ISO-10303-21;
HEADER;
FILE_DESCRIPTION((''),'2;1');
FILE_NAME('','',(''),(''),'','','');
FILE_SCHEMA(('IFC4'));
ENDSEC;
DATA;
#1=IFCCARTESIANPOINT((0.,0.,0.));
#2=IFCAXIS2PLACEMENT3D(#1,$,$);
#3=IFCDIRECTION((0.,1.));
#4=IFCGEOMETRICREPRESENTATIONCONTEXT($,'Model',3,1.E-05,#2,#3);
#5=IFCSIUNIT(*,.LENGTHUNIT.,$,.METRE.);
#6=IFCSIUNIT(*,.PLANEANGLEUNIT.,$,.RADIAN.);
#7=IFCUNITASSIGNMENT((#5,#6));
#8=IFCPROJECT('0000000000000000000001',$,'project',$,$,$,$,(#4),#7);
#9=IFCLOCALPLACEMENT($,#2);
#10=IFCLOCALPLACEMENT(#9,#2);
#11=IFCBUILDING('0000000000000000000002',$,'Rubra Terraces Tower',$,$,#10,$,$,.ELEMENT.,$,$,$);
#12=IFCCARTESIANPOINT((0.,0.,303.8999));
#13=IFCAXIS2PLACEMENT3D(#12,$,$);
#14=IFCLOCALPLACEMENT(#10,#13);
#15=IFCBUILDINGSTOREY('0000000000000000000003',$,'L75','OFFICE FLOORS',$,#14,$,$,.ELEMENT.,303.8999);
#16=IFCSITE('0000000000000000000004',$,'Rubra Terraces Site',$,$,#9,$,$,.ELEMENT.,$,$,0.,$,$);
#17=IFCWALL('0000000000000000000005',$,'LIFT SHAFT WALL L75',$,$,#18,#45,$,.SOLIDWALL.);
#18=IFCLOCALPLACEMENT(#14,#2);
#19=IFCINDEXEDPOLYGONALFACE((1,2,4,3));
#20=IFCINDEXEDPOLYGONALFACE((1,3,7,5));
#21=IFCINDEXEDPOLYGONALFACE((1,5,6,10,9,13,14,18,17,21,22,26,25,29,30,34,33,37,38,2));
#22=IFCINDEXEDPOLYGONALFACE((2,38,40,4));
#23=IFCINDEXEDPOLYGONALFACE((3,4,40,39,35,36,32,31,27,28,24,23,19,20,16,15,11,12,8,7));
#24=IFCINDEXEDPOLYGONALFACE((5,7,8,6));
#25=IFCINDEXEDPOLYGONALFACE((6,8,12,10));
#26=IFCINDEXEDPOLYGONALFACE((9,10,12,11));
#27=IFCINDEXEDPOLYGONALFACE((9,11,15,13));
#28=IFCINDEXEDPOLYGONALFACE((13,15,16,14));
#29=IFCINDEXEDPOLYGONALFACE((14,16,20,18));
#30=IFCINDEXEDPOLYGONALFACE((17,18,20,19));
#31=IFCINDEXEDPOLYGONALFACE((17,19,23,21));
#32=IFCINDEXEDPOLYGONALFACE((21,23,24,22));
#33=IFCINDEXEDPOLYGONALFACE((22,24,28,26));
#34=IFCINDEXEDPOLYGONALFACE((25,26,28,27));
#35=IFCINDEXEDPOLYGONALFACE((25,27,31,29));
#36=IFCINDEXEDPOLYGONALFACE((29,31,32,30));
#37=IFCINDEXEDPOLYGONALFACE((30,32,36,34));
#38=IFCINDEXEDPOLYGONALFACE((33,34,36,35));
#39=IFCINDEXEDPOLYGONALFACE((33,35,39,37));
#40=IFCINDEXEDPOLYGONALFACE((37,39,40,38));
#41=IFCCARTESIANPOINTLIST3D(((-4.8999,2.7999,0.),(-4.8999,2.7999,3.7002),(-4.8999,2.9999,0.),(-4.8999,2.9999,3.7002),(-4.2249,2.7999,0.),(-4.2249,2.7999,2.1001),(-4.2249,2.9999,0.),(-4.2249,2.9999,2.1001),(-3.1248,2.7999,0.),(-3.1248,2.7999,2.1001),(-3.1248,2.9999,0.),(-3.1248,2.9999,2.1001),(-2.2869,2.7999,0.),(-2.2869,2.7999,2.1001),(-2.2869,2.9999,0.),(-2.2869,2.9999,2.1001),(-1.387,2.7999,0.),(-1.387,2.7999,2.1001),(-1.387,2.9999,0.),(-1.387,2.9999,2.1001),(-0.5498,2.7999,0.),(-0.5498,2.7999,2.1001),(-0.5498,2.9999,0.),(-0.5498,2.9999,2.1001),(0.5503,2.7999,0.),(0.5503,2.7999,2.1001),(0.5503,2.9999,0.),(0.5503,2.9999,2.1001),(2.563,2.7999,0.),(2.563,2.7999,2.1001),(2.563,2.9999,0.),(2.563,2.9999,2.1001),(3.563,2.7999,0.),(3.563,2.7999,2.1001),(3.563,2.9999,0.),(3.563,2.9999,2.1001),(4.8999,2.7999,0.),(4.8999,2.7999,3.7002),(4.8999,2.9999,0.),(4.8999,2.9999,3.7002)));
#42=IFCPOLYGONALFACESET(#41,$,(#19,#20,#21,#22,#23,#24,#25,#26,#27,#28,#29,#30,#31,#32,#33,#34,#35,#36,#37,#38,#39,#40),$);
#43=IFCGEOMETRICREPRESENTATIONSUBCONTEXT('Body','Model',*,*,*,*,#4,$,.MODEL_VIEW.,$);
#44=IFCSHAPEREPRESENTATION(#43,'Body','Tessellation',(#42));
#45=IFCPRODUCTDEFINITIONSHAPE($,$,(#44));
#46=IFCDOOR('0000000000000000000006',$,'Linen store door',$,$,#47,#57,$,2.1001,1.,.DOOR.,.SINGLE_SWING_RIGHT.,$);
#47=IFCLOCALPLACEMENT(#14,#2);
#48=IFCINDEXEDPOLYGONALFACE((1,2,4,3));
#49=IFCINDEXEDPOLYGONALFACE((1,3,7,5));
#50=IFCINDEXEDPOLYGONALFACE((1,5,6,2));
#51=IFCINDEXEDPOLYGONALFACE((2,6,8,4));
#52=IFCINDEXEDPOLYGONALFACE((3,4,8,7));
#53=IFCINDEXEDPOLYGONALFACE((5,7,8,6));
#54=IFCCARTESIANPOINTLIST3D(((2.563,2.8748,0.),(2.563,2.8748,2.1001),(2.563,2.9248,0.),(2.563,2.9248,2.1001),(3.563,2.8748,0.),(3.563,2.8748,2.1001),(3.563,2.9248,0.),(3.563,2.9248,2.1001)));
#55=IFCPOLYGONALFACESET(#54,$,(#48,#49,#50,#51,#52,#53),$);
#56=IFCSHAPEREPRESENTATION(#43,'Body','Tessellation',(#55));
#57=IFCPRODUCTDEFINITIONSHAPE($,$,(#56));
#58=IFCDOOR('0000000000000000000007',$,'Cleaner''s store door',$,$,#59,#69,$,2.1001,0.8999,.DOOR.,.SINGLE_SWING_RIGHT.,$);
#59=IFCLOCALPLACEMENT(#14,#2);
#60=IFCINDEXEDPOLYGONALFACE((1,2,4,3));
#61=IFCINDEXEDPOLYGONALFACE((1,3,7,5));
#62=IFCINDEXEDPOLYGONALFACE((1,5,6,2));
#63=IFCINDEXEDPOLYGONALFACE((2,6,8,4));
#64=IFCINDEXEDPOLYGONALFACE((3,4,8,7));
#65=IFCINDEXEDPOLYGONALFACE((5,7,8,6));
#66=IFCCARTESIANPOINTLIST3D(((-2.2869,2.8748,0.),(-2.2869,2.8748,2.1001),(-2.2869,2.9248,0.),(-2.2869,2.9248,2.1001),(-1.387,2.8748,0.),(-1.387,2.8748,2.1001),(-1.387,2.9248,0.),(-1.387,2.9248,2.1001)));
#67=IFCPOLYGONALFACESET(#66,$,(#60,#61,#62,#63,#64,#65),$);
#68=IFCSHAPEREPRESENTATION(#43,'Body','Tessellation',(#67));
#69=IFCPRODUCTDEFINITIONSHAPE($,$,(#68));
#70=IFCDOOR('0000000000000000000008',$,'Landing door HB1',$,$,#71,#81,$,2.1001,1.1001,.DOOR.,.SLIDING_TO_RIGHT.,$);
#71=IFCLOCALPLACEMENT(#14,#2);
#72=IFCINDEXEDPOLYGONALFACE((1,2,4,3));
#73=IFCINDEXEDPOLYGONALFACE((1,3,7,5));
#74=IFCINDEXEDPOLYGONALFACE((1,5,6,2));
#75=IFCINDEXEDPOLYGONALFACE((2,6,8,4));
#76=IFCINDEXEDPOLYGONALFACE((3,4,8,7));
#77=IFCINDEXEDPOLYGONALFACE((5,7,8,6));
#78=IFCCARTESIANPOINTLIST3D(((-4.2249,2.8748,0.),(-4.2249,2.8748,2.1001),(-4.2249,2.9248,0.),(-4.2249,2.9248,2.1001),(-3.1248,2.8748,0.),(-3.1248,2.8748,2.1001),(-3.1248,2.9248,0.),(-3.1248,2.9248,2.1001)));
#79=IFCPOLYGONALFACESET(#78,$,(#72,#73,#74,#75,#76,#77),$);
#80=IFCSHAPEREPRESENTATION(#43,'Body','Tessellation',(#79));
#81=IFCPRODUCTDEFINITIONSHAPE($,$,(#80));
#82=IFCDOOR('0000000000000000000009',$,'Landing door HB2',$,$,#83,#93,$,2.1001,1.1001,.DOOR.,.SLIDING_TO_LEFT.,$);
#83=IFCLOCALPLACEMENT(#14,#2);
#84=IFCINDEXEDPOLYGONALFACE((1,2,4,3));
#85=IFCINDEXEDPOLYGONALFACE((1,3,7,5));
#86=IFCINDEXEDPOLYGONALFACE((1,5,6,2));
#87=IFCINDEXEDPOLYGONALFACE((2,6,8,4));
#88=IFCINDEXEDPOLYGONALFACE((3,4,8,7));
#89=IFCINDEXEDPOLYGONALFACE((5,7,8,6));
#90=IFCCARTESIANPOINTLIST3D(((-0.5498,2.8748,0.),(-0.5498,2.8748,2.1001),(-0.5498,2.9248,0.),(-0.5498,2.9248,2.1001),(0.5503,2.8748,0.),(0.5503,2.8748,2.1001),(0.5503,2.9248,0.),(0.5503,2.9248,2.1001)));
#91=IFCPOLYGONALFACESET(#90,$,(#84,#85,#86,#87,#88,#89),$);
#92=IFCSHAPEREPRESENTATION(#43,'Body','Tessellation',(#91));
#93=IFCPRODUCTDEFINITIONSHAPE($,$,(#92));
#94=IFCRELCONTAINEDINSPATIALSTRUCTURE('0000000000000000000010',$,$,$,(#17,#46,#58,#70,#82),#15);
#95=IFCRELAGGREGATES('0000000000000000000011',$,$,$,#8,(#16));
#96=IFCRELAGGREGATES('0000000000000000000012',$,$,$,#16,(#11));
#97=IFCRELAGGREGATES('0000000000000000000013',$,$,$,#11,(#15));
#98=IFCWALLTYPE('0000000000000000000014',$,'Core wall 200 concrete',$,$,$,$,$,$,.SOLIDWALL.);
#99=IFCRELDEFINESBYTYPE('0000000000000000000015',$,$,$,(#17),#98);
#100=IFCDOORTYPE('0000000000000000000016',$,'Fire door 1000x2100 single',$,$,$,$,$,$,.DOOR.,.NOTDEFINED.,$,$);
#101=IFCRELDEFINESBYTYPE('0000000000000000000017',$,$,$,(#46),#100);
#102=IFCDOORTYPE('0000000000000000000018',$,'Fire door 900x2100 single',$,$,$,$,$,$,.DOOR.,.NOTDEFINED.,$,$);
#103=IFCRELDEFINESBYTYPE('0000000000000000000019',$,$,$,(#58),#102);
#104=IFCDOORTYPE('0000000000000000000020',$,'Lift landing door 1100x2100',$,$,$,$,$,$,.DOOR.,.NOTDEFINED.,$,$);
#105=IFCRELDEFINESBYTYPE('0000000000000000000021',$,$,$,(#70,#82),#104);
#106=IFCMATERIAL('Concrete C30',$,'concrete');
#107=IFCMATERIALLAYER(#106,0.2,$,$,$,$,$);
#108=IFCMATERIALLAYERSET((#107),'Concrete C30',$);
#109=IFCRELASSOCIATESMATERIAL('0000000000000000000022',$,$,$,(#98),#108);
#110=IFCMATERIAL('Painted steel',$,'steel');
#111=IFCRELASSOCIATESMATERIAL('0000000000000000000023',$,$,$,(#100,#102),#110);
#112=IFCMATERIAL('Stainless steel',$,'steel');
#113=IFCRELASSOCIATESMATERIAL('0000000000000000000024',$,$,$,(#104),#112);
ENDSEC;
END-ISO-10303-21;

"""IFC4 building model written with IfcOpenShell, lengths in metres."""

from ifc_helpers import new_model, si_unit, direction, frame, frame_2d, origin, place, context, subcontext, project, spatial, rectangle, extrude, material, layer, layer_set, type_object, element, fill, save


model = new_model("IFC4")

# Units and contexts
model_context = context("Model", 3, precision=1e-05, world=origin(), true_north=direction((0.0, 1.0)))
body_context = subcontext(model_context, "Body", "Model", "MODEL_VIEW")
ifc_project = project(units=[si_unit("LENGTHUNIT", "METRE"), si_unit("PLANEANGLEUNIT", "RADIAN")], contexts=[model_context])

# Site, building, storey
site_placement = place(None, origin())
site = spatial("IfcSite", under=ifc_project, at=site_placement, Name="Rubra Terraces Site", CompositionType="ELEMENT", RefElevation=0.0)
building_placement = place(site_placement, origin())
building = spatial("IfcBuilding", under=site, at=building_placement, Name="Rubra Terraces Tower", CompositionType="ELEMENT")
storey_placement = place(building_placement, frame((0.0, 0.0, 303.8999)))
storey = spatial("IfcBuildingStorey", under=building, at=storey_placement, Name="L75", Description="OFFICE FLOORS", CompositionType="ELEMENT", Elevation=303.8999)

# Shared definitions
ifc_material_1 = material(Name="Concrete C30", Category="concrete")
ifc_layer_1 = layer(ifc_material_1, 0.2)
ifc_layer_set_1 = layer_set([ifc_layer_1], Name="Concrete C30")
wall_type_1 = type_object("IfcWallType", Name="Core wall 200 concrete", PredefinedType="SOLIDWALL", material=ifc_layer_set_1)
ifc_material_2 = material(Name="Painted steel", Category="steel")
ifc_material_3 = material(Name="Stainless steel", Category="steel")

# Wall, openings, doors
wall_1_placement = place(storey_placement, frame((-4.8999, 2.8999, 0.0), z_axis=(0.0, 0.0, 1.0), x_axis=(1.0, 0.0, 0.0)))
wall_1 = element("IfcWall", 1, at=wall_1_placement, inside=storey, type_object=wall_type_1, Name="LIFT SHAFT WALL L75", PredefinedType="SOLIDWALL", context=body_context, shape_type="SweptSolid", body=[
    extrude(rectangle(XDim=9.7998, YDim=0.2, at=frame_2d((4.8999, 0.0))), origin(), (0.0, 0.0, 1.0), 3.7002),
])
opening_1_placement = place(wall_1_placement, frame((0.675, 0.0, 0.0)))
opening_1 = element("IfcOpeningElement", 2, at=opening_1_placement, cuts=wall_1, PredefinedType="OPENING", context=body_context, shape_type="SweptSolid", body=[
    extrude(rectangle(XDim=1.1001, YDim=2.1001, at=frame_2d((0.55, 1.05))), frame((0.0, 0.1099, 0.0), z_axis=(0.0, -1.0, 0.0), x_axis=(1.0, 0.0, 0.0)), (0.0, 0.0, 1.0), 0.22),
])
opening_2_placement = place(wall_1_placement, frame((2.613, 0.0, 0.0)))
opening_2 = element("IfcOpeningElement", 3, at=opening_2_placement, cuts=wall_1, PredefinedType="OPENING", context=body_context, shape_type="SweptSolid", body=[
    extrude(rectangle(XDim=0.8999, YDim=2.1001, at=frame_2d((0.45, 1.05))), frame((0.0, 0.1099, 0.0), z_axis=(0.0, -1.0, 0.0), x_axis=(1.0, 0.0, 0.0)), (0.0, 0.0, 1.0), 0.22),
])
opening_3_placement = place(wall_1_placement, frame((4.3501, 0.0, 0.0)))
opening_3 = element("IfcOpeningElement", 4, at=opening_3_placement, cuts=wall_1, PredefinedType="OPENING", context=body_context, shape_type="SweptSolid", body=[
    extrude(rectangle(XDim=1.1001, YDim=2.1001, at=frame_2d((0.55, 1.05))), frame((0.0, 0.1099, 0.0), z_axis=(0.0, -1.0, 0.0), x_axis=(1.0, 0.0, 0.0)), (0.0, 0.0, 1.0), 0.22),
])
opening_4_placement = place(wall_1_placement, frame((7.4629, 0.0, 0.0)))
opening_4 = element("IfcOpeningElement", 5, at=opening_4_placement, cuts=wall_1, PredefinedType="OPENING", context=body_context, shape_type="SweptSolid", body=[
    extrude(rectangle(XDim=1.0, YDim=2.1001, at=frame_2d((0.5, 1.05))), frame((0.0, 0.1099, 0.0), z_axis=(0.0, -1.0, 0.0), x_axis=(1.0, 0.0, 0.0)), (0.0, 0.0, 1.0), 0.22),
])
door_type_1 = type_object("IfcDoorType", Name="Fire door 1000x2100 single", OperationType="NOTDEFINED", PredefinedType="DOOR", material=ifc_material_2)
door_1_placement = place(opening_4_placement, origin())
door_1 = element("IfcDoor", 6, at=door_1_placement, inside=storey, type_object=door_type_1, Name="Linen store door", OperationType="SINGLE_SWING_RIGHT", OverallHeight=2.1001, OverallWidth=1.0, PredefinedType="DOOR", context=body_context, shape_type="SweptSolid", body=[
    extrude(rectangle(XDim=1.0, YDim=2.1001, at=frame_2d((0.5, 1.05))), frame((0.0, 0.0249, 0.0), z_axis=(0.0, -1.0, 0.0), x_axis=(1.0, 0.0, 0.0)), (0.0, 0.0, 1.0), 0.05),
])
fill(opening_4, door_1)
door_type_2 = type_object("IfcDoorType", Name="Fire door 900x2100 single", OperationType="NOTDEFINED", PredefinedType="DOOR", material=ifc_material_2)
door_2_placement = place(opening_2_placement, origin())
door_2 = element("IfcDoor", 7, at=door_2_placement, inside=storey, type_object=door_type_2, Name="Cleaner's store door", OperationType="SINGLE_SWING_RIGHT", OverallHeight=2.1001, OverallWidth=0.8999, PredefinedType="DOOR", context=body_context, shape_type="SweptSolid", body=[
    extrude(rectangle(XDim=0.8999, YDim=2.1001, at=frame_2d((0.45, 1.05))), frame((0.0, 0.0249, 0.0), z_axis=(0.0, -1.0, 0.0), x_axis=(1.0, 0.0, 0.0)), (0.0, 0.0, 1.0), 0.05),
])
fill(opening_2, door_2)
door_type_3 = type_object("IfcDoorType", Name="Lift landing door 1100x2100", OperationType="NOTDEFINED", PredefinedType="DOOR", material=ifc_material_3)
door_3_placement = place(opening_1_placement, origin())
door_3 = element("IfcDoor", 8, at=door_3_placement, inside=storey, type_object=door_type_3, Name="Landing door HB1", OperationType="SLIDING_TO_RIGHT", OverallHeight=2.1001, OverallWidth=1.1001, PredefinedType="DOOR", context=body_context, shape_type="SweptSolid", body=[
    extrude(rectangle(XDim=1.1001, YDim=2.1001, at=frame_2d((0.55, 1.05))), frame((0.0, 0.0249, 0.0), z_axis=(0.0, -1.0, 0.0), x_axis=(1.0, 0.0, 0.0)), (0.0, 0.0, 1.0), 0.05),
])
fill(opening_1, door_3)
door_4_placement = place(opening_3_placement, origin())
door_4 = element("IfcDoor", 9, at=door_4_placement, inside=storey, type_object=door_type_3, Name="Landing door HB2", OperationType="SLIDING_TO_LEFT", OverallHeight=2.1001, OverallWidth=1.1001, PredefinedType="DOOR", context=body_context, shape_type="SweptSolid", body=[
    extrude(rectangle(XDim=1.1001, YDim=2.1001, at=frame_2d((0.55, 1.05))), frame((0.0, 0.0249, 0.0), z_axis=(0.0, -1.0, 0.0), x_axis=(1.0, 0.0, 0.0)), (0.0, 0.0, 1.0), 0.05),
])
fill(opening_3, door_4)

save(model, "model.ifc")
